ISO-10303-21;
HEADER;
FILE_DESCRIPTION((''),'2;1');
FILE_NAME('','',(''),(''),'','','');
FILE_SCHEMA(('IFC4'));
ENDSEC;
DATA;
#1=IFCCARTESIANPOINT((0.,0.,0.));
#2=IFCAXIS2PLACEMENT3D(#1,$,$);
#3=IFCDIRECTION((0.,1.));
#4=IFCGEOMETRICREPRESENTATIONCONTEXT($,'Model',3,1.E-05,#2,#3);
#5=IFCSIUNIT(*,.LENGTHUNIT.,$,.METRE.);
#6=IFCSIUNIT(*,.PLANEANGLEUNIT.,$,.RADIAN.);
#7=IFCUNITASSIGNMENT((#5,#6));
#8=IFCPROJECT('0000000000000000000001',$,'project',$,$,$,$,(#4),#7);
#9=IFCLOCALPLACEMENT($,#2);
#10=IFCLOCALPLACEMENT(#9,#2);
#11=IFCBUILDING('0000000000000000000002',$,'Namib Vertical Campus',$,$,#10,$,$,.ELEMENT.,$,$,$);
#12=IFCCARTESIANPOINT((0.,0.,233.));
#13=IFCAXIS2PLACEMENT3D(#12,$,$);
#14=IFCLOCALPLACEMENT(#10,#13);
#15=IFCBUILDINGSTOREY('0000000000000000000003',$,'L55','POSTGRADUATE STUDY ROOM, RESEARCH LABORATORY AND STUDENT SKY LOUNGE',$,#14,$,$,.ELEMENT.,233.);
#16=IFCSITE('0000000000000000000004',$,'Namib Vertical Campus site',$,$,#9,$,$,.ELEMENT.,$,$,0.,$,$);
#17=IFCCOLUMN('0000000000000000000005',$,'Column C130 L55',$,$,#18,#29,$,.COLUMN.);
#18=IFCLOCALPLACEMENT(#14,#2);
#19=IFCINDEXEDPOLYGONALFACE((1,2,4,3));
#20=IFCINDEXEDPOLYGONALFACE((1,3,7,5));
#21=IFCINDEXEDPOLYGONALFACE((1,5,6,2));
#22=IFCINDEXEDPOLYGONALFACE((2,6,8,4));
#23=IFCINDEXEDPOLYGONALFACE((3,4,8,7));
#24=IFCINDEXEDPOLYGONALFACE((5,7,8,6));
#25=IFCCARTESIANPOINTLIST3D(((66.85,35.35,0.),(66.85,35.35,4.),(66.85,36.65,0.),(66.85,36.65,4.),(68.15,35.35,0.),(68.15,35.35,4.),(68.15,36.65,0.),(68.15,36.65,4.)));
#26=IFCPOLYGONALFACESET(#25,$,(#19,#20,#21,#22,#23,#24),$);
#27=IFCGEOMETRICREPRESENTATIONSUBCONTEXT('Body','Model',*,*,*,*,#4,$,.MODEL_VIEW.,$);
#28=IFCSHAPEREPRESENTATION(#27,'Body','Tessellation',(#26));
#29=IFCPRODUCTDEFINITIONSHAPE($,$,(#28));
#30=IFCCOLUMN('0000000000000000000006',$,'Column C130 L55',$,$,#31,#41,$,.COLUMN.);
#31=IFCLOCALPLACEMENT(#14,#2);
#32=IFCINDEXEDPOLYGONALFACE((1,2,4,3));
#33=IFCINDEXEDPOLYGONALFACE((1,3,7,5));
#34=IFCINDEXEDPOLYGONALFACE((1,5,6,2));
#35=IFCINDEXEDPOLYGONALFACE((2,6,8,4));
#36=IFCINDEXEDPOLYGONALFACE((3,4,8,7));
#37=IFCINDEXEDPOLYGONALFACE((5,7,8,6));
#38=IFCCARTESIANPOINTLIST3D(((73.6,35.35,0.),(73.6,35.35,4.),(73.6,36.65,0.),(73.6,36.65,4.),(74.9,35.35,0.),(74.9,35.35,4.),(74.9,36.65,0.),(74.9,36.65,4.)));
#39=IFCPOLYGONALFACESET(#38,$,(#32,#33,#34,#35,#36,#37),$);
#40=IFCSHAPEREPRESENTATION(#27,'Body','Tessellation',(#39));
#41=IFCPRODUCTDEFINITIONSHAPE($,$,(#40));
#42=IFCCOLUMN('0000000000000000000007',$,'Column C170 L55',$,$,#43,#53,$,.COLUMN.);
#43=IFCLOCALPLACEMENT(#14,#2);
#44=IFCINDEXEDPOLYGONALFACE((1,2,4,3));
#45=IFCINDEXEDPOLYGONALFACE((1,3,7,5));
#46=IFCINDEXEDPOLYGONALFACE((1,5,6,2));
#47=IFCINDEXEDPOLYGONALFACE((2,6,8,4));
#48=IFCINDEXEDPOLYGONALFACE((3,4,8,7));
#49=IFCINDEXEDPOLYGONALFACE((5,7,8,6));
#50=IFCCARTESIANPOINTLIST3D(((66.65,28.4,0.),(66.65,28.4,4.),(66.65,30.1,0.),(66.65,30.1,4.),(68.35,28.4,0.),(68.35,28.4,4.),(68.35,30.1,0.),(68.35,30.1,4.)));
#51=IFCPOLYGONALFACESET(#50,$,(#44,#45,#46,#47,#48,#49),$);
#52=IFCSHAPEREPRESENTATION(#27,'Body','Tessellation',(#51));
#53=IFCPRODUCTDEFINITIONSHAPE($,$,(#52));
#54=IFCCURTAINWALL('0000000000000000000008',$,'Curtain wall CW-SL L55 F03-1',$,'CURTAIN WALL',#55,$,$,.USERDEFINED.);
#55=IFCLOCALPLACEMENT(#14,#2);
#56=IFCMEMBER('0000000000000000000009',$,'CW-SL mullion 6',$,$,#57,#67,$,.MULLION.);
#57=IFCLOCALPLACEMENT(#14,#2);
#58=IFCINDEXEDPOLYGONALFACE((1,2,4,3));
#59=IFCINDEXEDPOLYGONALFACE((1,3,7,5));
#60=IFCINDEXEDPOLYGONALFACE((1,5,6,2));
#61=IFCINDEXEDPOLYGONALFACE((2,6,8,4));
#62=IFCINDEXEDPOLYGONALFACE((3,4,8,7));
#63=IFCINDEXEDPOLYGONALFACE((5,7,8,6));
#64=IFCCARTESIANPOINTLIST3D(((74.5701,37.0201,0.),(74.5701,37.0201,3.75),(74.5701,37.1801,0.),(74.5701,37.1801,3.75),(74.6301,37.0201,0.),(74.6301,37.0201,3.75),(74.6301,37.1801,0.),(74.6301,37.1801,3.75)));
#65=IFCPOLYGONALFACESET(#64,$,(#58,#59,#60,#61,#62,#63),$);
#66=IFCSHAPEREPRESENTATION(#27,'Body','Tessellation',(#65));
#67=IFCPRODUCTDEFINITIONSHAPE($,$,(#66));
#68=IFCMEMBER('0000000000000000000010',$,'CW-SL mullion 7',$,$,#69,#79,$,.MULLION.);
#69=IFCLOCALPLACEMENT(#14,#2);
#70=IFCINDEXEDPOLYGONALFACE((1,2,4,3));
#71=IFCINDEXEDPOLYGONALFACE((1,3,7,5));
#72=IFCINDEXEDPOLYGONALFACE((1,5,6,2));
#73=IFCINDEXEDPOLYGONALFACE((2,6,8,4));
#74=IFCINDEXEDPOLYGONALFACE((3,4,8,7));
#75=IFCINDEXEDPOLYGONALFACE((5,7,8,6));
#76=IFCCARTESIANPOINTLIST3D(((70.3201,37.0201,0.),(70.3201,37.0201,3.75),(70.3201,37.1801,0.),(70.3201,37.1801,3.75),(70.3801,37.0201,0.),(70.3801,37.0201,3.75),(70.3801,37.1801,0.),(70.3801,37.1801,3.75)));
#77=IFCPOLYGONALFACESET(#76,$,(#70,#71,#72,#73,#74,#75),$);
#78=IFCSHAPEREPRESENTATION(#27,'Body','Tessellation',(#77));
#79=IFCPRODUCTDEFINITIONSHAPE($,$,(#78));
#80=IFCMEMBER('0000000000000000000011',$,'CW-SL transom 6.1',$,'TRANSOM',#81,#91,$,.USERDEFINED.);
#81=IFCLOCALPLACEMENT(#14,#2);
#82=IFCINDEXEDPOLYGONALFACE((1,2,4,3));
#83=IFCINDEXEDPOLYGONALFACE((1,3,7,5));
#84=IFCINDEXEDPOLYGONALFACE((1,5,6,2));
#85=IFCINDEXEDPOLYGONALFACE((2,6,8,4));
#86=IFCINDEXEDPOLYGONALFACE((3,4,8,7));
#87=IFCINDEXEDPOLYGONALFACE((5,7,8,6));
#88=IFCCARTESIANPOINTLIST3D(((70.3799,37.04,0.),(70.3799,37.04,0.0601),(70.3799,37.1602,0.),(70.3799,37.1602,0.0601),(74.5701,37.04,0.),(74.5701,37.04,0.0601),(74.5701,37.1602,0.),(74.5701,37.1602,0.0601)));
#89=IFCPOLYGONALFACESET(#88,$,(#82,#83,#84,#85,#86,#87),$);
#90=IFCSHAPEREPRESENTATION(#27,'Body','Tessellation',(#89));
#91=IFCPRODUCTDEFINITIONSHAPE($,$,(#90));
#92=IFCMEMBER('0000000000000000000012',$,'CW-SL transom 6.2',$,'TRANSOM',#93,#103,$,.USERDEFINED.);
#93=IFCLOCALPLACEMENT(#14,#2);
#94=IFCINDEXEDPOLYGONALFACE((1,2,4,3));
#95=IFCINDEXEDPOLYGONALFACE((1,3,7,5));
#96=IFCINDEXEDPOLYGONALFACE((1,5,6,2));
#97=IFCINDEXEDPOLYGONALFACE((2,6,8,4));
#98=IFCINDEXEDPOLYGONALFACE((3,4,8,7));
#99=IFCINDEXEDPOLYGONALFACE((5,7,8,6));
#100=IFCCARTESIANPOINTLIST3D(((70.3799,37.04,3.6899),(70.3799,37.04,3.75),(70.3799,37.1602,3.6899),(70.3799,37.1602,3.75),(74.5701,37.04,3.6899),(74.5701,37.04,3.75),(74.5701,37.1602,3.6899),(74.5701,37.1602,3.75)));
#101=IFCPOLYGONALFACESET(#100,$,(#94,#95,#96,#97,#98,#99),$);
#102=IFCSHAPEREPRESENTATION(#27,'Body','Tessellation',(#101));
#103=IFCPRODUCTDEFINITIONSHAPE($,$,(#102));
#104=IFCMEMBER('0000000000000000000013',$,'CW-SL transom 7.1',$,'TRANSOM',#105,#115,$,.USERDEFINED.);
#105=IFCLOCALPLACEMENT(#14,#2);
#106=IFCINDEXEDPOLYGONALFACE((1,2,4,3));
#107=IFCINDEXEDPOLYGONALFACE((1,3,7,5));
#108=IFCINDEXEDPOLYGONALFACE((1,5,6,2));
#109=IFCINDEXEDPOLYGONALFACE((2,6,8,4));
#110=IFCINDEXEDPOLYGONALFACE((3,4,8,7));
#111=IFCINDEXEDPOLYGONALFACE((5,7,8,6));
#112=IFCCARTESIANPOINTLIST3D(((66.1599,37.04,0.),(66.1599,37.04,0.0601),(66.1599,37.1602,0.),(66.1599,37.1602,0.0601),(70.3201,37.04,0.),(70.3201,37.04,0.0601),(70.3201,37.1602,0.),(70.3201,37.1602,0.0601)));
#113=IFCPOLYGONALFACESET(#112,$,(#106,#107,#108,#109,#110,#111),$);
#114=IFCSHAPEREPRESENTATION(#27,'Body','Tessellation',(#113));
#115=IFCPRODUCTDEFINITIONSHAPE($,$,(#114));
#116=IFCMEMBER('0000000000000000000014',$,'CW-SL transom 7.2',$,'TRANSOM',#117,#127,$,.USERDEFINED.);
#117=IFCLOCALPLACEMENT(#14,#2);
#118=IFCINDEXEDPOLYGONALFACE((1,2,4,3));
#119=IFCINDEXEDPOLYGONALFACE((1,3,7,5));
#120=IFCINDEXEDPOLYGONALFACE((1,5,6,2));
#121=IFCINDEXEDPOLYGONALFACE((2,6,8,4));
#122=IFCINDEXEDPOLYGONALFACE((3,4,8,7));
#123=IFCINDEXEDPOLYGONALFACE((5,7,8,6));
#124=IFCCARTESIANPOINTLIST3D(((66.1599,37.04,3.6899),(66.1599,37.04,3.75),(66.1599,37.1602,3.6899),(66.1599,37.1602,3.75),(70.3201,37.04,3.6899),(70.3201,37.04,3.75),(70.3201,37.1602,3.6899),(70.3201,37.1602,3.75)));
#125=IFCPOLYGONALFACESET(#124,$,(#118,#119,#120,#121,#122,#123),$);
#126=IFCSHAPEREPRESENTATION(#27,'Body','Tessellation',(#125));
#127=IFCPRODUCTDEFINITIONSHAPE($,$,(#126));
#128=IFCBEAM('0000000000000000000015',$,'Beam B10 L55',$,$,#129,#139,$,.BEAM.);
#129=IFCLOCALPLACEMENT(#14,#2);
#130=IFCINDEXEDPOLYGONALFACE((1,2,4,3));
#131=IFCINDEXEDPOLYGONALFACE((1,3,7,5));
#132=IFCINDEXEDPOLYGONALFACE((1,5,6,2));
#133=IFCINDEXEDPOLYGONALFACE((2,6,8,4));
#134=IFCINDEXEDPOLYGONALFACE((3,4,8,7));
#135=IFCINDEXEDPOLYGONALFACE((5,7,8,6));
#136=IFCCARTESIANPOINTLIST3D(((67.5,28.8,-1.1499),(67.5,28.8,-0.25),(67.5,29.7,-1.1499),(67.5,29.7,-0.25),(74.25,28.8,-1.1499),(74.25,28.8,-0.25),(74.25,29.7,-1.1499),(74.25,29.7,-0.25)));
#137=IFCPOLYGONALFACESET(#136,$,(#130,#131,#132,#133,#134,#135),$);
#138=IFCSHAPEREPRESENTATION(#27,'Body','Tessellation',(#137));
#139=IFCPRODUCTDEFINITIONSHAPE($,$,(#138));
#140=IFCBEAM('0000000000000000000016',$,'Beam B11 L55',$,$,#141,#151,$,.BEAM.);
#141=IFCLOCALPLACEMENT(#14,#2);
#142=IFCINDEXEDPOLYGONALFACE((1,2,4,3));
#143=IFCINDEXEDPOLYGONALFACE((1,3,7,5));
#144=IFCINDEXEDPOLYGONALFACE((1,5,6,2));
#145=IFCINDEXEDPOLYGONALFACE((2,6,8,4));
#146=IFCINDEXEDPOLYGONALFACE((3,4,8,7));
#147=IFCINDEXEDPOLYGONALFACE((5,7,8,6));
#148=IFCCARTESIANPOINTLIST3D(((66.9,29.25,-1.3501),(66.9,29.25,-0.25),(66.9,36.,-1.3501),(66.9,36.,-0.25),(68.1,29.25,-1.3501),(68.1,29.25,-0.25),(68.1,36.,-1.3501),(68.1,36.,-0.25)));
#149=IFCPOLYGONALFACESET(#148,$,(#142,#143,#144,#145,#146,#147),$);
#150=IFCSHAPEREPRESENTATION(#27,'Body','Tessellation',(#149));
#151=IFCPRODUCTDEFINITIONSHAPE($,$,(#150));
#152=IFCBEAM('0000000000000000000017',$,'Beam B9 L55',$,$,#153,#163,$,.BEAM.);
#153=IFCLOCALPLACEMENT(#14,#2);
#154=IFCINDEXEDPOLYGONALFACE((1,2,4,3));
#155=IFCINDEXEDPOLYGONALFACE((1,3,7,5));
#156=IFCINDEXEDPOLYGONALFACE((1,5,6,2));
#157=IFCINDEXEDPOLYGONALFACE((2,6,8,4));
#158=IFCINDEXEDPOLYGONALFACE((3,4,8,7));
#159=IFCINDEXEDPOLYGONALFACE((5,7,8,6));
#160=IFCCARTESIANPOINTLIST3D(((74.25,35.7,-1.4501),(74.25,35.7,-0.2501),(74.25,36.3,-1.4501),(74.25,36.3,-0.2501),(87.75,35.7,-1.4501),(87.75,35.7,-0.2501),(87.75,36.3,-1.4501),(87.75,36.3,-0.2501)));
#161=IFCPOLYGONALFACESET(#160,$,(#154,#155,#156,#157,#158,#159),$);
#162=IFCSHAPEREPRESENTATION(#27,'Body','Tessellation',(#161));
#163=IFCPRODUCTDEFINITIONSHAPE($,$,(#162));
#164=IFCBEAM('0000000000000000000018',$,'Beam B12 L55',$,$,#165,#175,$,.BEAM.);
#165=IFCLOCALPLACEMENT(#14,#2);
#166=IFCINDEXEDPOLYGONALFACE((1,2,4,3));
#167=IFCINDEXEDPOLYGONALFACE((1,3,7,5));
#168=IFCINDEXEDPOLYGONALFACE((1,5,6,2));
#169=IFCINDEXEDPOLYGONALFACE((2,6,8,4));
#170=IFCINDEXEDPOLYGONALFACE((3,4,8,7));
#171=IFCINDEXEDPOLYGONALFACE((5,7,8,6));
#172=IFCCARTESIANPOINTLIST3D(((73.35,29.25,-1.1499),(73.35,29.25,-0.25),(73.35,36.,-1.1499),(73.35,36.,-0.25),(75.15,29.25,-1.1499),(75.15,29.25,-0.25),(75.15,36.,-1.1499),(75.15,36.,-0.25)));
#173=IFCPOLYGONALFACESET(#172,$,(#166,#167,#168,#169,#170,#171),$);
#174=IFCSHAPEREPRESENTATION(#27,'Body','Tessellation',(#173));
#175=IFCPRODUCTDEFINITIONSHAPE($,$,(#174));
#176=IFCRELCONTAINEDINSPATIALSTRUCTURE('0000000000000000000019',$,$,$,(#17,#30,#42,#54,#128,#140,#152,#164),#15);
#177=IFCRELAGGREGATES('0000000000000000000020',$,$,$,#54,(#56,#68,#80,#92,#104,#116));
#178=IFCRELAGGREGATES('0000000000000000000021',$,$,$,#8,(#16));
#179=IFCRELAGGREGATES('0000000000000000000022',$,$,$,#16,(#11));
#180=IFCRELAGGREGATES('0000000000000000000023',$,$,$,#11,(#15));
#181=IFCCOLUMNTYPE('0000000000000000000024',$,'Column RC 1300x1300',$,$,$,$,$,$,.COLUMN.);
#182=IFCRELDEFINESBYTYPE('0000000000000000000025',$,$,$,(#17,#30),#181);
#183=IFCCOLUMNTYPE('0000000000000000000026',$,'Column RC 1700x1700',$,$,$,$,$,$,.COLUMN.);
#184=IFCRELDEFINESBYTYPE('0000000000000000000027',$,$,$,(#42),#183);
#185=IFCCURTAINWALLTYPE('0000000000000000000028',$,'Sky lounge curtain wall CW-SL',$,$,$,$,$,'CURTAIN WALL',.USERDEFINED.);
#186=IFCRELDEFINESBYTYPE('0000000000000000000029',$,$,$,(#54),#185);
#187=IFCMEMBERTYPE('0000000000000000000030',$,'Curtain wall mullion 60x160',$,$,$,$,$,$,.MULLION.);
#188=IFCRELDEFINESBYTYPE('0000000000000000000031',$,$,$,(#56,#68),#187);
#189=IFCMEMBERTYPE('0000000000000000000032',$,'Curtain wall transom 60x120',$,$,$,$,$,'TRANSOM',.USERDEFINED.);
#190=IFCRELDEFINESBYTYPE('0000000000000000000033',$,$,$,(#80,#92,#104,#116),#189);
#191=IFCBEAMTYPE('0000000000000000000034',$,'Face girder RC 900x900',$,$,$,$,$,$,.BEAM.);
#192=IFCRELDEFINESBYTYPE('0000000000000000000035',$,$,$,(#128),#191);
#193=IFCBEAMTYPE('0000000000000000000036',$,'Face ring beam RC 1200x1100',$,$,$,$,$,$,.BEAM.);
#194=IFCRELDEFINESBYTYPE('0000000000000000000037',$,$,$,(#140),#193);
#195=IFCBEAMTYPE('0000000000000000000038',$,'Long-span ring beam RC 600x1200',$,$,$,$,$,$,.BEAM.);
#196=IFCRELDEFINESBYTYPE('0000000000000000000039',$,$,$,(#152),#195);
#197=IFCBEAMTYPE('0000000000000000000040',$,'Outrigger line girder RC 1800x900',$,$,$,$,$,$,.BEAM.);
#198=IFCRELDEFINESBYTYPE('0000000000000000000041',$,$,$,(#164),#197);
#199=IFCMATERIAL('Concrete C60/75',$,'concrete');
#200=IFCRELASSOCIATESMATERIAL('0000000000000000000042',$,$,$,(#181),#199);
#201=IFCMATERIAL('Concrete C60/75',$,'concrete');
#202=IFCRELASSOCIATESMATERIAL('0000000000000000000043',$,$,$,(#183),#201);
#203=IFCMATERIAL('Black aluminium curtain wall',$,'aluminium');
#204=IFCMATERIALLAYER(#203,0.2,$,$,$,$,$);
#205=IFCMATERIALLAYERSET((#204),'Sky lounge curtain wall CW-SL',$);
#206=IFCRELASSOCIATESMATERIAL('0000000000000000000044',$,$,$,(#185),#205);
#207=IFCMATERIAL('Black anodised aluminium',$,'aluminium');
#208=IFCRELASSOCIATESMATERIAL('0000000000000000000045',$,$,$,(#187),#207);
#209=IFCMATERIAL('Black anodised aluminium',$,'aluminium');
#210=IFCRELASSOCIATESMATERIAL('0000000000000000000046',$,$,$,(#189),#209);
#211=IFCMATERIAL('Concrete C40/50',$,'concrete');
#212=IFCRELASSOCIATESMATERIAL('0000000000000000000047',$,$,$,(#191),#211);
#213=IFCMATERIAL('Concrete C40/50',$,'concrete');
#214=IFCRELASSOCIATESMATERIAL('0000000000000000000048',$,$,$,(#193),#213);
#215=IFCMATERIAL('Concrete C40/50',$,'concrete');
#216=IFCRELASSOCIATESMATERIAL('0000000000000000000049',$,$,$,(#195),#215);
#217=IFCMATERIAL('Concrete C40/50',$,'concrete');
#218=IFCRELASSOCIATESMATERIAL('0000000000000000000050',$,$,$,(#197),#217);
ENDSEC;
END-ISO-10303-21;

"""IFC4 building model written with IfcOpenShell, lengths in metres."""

from ifc_helpers import new_model, si_unit, direction, frame, origin, origin_2d, place, context, subcontext, project, spatial, rectangle, extrude, material, layer, layer_set, material_profile, profile_set, type_object, element, aggregate, save


model = new_model("IFC4")

# Units and contexts
model_context = context("Model", 3, precision=1e-05, world=origin(), true_north=direction((0.0, 1.0)))
body_context = subcontext(model_context, "Body", "Model", "MODEL_VIEW")
ifc_project = project(units=[si_unit("LENGTHUNIT", "METRE"), si_unit("PLANEANGLEUNIT", "RADIAN")], contexts=[model_context])

# Site, building, storey
site_placement = place(None, origin())
site = spatial("IfcSite", under=ifc_project, at=site_placement, Name="Namib Vertical Campus site", CompositionType="ELEMENT", RefElevation=0.0)
building_placement = place(site_placement, origin())
building = spatial("IfcBuilding", under=site, at=building_placement, Name="Namib Vertical Campus", CompositionType="ELEMENT")
storey_placement = place(building_placement, frame((0.0, 0.0, 233.0)))
storey = spatial("IfcBuildingStorey", under=building, at=storey_placement, Name="L55", Description="POSTGRADUATE STUDY ROOM, RESEARCH LABORATORY AND STUDENT SKY LOUNGE", CompositionType="ELEMENT", Elevation=233.0)

# Columns
ifc_material_1 = material(Name="Concrete C60/75", Category="concrete")
ifc_material_profile_1 = material_profile(ifc_material_1, rectangle(XDim=1.3, YDim=1.3, at=origin_2d()))
ifc_profile_set_1 = profile_set([ifc_material_profile_1], Name="Concrete C60/75")
column_type_1 = type_object("IfcColumnType", Name="Column RC 1300x1300", PredefinedType="COLUMN", material=ifc_profile_set_1)
for number, where, z_axis, x_axis, name in (
    (1, (67.5, 36.0, 0.0), (0.0, 0.0, 1.0), (1.0, 0.0, 0.0), "Column C130 L55"),
    (2, (74.25, 36.0, 0.0), (0.0, 0.0, 1.0), (1.0, 0.0, 0.0), "Column C130 L55"),
):
    element("IfcColumn", number, at=place(storey_placement, frame(where, z_axis=z_axis, x_axis=x_axis)), inside=storey, type_object=column_type_1, Name=name, PredefinedType="COLUMN", context=body_context, shape_type="SweptSolid", body=[
        extrude(rectangle(XDim=1.3, YDim=1.3, at=origin_2d()), origin(), (0.0, 0.0, 1.0), 4.0),
    ])
ifc_material_2 = material(Name="Concrete C60/75", Category="concrete")
ifc_material_profile_2 = material_profile(ifc_material_2, rectangle(XDim=1.7, YDim=1.7, at=origin_2d()))
ifc_profile_set_2 = profile_set([ifc_material_profile_2], Name="Concrete C60/75")
column_type_2 = type_object("IfcColumnType", Name="Column RC 1700x1700", PredefinedType="COLUMN", material=ifc_profile_set_2)
column_placement = place(storey_placement, frame((67.5, 29.25, 0.0), z_axis=(0.0, 0.0, 1.0), x_axis=(1.0, 0.0, 0.0)))
element("IfcColumn", 3, at=column_placement, inside=storey, type_object=column_type_2, Name="Column C170 L55", PredefinedType="COLUMN", context=body_context, shape_type="SweptSolid", body=[
    extrude(rectangle(XDim=1.7, YDim=1.7, at=origin_2d()), origin(), (0.0, 0.0, 1.0), 4.0),
])

# Curtain wall, members
ifc_material_3 = material(Name="Black aluminium curtain wall", Category="aluminium")
ifc_layer_1 = layer(ifc_material_3, 0.2)
ifc_layer_set_1 = layer_set([ifc_layer_1], Name="Sky lounge curtain wall CW-SL")
curtain_wall_type = type_object("IfcCurtainWallType", Name="Sky lounge curtain wall CW-SL", ElementType="CURTAIN WALL", PredefinedType="USERDEFINED", material=ifc_layer_set_1)
curtain_wall_placement = place(storey_placement, origin())
curtain_wall = element("IfcCurtainWall", 4, at=curtain_wall_placement, inside=storey, type_object=curtain_wall_type, Name="Curtain wall CW-SL L55 F03-1", ObjectType="CURTAIN WALL", PredefinedType="USERDEFINED")
ifc_material_4 = material(Name="Black anodised aluminium", Category="aluminium")
ifc_material_profile_3 = material_profile(ifc_material_4, rectangle(XDim=0.0601, YDim=0.1599, at=origin_2d()))
ifc_profile_set_3 = profile_set([ifc_material_profile_3], Name="Black anodised aluminium")
member_type_1 = type_object("IfcMemberType", Name="Curtain wall mullion 60x160", PredefinedType="MULLION", material=ifc_profile_set_3)
member_1_placement = place(storey_placement, frame((74.6001, 37.1001, 0.0), z_axis=(0.0, 0.0, 1.0), x_axis=(-1.0, 0.0, 0.0)))
member_1 = element("IfcMember", 5, at=member_1_placement, type_object=member_type_1, Name="CW-SL mullion 6", PredefinedType="MULLION", context=body_context, shape_type="SweptSolid", body=[
    extrude(rectangle(XDim=0.0601, YDim=0.1599, at=origin_2d()), origin(), (0.0, 0.0, 1.0), 3.75),
])
member_2_placement = place(storey_placement, frame((70.3501, 37.1001, 0.0), z_axis=(0.0, 0.0, 1.0), x_axis=(-1.0, 0.0, 0.0)))
member_2 = element("IfcMember", 6, at=member_2_placement, type_object=member_type_1, Name="CW-SL mullion 7", PredefinedType="MULLION", context=body_context, shape_type="SweptSolid", body=[
    extrude(rectangle(XDim=0.0601, YDim=0.1599, at=origin_2d()), origin(), (0.0, 0.0, 1.0), 3.75),
])
ifc_material_5 = material(Name="Black anodised aluminium", Category="aluminium")
ifc_material_profile_4 = material_profile(ifc_material_5, rectangle(XDim=0.0601, YDim=0.1201, at=origin_2d()))
ifc_profile_set_4 = profile_set([ifc_material_profile_4], Name="Black anodised aluminium")
member_type_2 = type_object("IfcMemberType", Name="Curtain wall transom 60x120", ElementType="TRANSOM", PredefinedType="USERDEFINED", material=ifc_profile_set_4)
member_3_placement = place(storey_placement, frame((74.5701, 37.1001, 0.03), z_axis=(-1.0, 0.0, 0.0), x_axis=(0.0, 0.0, 1.0)))
member_3 = element("IfcMember", 7, at=member_3_placement, type_object=member_type_2, Name="CW-SL transom 6.1", ObjectType="TRANSOM", PredefinedType="USERDEFINED", context=body_context, shape_type="SweptSolid", body=[
    extrude(rectangle(XDim=0.0601, YDim=0.1201, at=origin_2d()), origin(), (0.0, 0.0, 1.0), 4.1902),
])
member_4_placement = place(storey_placement, frame((74.5701, 37.1001, 3.72), z_axis=(-1.0, 0.0, 0.0), x_axis=(0.0, 0.0, 1.0)))
member_4 = element("IfcMember", 8, at=member_4_placement, type_object=member_type_2, Name="CW-SL transom 6.2", ObjectType="TRANSOM", PredefinedType="USERDEFINED", context=body_context, shape_type="SweptSolid", body=[
    extrude(rectangle(XDim=0.0601, YDim=0.1201, at=origin_2d()), origin(), (0.0, 0.0, 1.0), 4.1902),
])
member_5_placement = place(storey_placement, frame((70.3201, 37.1001, 0.03), z_axis=(-1.0, 0.0, 0.0), x_axis=(0.0, 0.0, 1.0)))
member_5 = element("IfcMember", 9, at=member_5_placement, type_object=member_type_2, Name="CW-SL transom 7.1", ObjectType="TRANSOM", PredefinedType="USERDEFINED", context=body_context, shape_type="SweptSolid", body=[
    extrude(rectangle(XDim=0.0601, YDim=0.1201, at=origin_2d()), origin(), (0.0, 0.0, 1.0), 4.1602),
])
member_6_placement = place(storey_placement, frame((70.3201, 37.1001, 3.72), z_axis=(-1.0, 0.0, 0.0), x_axis=(0.0, 0.0, 1.0)))
member_6 = element("IfcMember", 10, at=member_6_placement, type_object=member_type_2, Name="CW-SL transom 7.2", ObjectType="TRANSOM", PredefinedType="USERDEFINED", context=body_context, shape_type="SweptSolid", body=[
    extrude(rectangle(XDim=0.0601, YDim=0.1201, at=origin_2d()), origin(), (0.0, 0.0, 1.0), 4.1602),
])

# Beams
ifc_material_6 = material(Name="Concrete C40/50", Category="concrete")
ifc_material_profile_5 = material_profile(ifc_material_6, rectangle(XDim=0.8999, YDim=0.8999, at=origin_2d()))
ifc_profile_set_5 = profile_set([ifc_material_profile_5], Name="Concrete C40/50")
beam_type_1 = type_object("IfcBeamType", Name="Face girder RC 900x900", PredefinedType="BEAM", material=ifc_profile_set_5)
beam_1_placement = place(storey_placement, frame((67.5, 29.25, -0.7), z_axis=(1.0, 0.0, 0.0), x_axis=(0.0, 1.0, 0.0)))
element("IfcBeam", 11, at=beam_1_placement, inside=storey, type_object=beam_type_1, Name="Beam B10 L55", PredefinedType="BEAM", context=body_context, shape_type="SweptSolid", body=[
    extrude(rectangle(XDim=0.8999, YDim=0.8999, at=origin_2d()), origin(), (0.0, 0.0, 1.0), 6.75),
])
ifc_material_7 = material(Name="Concrete C40/50", Category="concrete")
ifc_material_profile_6 = material_profile(ifc_material_7, rectangle(XDim=1.2, YDim=1.1001, at=origin_2d()))
ifc_profile_set_6 = profile_set([ifc_material_profile_6], Name="Concrete C40/50")
beam_type_2 = type_object("IfcBeamType", Name="Face ring beam RC 1200x1100", PredefinedType="BEAM", material=ifc_profile_set_6)
beam_2_placement = place(storey_placement, frame((67.5, 29.25, -0.8), z_axis=(0.0, 1.0, 0.0), x_axis=(-1.0, 0.0, 0.0)))
element("IfcBeam", 12, at=beam_2_placement, inside=storey, type_object=beam_type_2, Name="Beam B11 L55", PredefinedType="BEAM", context=body_context, shape_type="SweptSolid", body=[
    extrude(rectangle(XDim=1.2, YDim=1.1001, at=origin_2d()), origin(), (0.0, 0.0, 1.0), 6.75),
])
ifc_material_8 = material(Name="Concrete C40/50", Category="concrete")
ifc_material_profile_7 = material_profile(ifc_material_8, rectangle(XDim=0.6001, YDim=1.2, at=origin_2d()))
ifc_profile_set_7 = profile_set([ifc_material_profile_7], Name="Concrete C40/50")
beam_type_3 = type_object("IfcBeamType", Name="Long-span ring beam RC 600x1200", PredefinedType="BEAM", material=ifc_profile_set_7)
beam_3_placement = place(storey_placement, frame((74.25, 36.0, -0.8501), z_axis=(1.0, 0.0, 0.0), x_axis=(0.0, 1.0, 0.0)))
element("IfcBeam", 13, at=beam_3_placement, inside=storey, type_object=beam_type_3, Name="Beam B9 L55", PredefinedType="BEAM", context=body_context, shape_type="SweptSolid", body=[
    extrude(rectangle(XDim=0.6001, YDim=1.2, at=origin_2d()), origin(), (0.0, 0.0, 1.0), 13.5),
])
ifc_material_9 = material(Name="Concrete C40/50", Category="concrete")
ifc_material_profile_8 = material_profile(ifc_material_9, rectangle(XDim=1.8, YDim=0.8999, at=origin_2d()))
ifc_profile_set_8 = profile_set([ifc_material_profile_8], Name="Concrete C40/50")
beam_type_4 = type_object("IfcBeamType", Name="Outrigger line girder RC 1800x900", PredefinedType="BEAM", material=ifc_profile_set_8)
for number, where, z_axis, x_axis, name in (
    (14, (74.25, 36.0, -0.7), (0.0, -1.0, 0.0), (1.0, 0.0, 0.0), "Beam B12 L55"),
):
    element("IfcBeam", number, at=place(storey_placement, frame(where, z_axis=z_axis, x_axis=x_axis)), inside=storey, type_object=beam_type_4, Name=name, PredefinedType="BEAM", context=body_context, shape_type="SweptSolid", body=[
        extrude(rectangle(XDim=1.8, YDim=0.8999, at=origin_2d()), origin(), (0.0, 0.0, 1.0), 6.75),
    ])

aggregate(curtain_wall, [member_1, member_2, member_3, member_4, member_5, member_6])

save(model, "model.ifc")
